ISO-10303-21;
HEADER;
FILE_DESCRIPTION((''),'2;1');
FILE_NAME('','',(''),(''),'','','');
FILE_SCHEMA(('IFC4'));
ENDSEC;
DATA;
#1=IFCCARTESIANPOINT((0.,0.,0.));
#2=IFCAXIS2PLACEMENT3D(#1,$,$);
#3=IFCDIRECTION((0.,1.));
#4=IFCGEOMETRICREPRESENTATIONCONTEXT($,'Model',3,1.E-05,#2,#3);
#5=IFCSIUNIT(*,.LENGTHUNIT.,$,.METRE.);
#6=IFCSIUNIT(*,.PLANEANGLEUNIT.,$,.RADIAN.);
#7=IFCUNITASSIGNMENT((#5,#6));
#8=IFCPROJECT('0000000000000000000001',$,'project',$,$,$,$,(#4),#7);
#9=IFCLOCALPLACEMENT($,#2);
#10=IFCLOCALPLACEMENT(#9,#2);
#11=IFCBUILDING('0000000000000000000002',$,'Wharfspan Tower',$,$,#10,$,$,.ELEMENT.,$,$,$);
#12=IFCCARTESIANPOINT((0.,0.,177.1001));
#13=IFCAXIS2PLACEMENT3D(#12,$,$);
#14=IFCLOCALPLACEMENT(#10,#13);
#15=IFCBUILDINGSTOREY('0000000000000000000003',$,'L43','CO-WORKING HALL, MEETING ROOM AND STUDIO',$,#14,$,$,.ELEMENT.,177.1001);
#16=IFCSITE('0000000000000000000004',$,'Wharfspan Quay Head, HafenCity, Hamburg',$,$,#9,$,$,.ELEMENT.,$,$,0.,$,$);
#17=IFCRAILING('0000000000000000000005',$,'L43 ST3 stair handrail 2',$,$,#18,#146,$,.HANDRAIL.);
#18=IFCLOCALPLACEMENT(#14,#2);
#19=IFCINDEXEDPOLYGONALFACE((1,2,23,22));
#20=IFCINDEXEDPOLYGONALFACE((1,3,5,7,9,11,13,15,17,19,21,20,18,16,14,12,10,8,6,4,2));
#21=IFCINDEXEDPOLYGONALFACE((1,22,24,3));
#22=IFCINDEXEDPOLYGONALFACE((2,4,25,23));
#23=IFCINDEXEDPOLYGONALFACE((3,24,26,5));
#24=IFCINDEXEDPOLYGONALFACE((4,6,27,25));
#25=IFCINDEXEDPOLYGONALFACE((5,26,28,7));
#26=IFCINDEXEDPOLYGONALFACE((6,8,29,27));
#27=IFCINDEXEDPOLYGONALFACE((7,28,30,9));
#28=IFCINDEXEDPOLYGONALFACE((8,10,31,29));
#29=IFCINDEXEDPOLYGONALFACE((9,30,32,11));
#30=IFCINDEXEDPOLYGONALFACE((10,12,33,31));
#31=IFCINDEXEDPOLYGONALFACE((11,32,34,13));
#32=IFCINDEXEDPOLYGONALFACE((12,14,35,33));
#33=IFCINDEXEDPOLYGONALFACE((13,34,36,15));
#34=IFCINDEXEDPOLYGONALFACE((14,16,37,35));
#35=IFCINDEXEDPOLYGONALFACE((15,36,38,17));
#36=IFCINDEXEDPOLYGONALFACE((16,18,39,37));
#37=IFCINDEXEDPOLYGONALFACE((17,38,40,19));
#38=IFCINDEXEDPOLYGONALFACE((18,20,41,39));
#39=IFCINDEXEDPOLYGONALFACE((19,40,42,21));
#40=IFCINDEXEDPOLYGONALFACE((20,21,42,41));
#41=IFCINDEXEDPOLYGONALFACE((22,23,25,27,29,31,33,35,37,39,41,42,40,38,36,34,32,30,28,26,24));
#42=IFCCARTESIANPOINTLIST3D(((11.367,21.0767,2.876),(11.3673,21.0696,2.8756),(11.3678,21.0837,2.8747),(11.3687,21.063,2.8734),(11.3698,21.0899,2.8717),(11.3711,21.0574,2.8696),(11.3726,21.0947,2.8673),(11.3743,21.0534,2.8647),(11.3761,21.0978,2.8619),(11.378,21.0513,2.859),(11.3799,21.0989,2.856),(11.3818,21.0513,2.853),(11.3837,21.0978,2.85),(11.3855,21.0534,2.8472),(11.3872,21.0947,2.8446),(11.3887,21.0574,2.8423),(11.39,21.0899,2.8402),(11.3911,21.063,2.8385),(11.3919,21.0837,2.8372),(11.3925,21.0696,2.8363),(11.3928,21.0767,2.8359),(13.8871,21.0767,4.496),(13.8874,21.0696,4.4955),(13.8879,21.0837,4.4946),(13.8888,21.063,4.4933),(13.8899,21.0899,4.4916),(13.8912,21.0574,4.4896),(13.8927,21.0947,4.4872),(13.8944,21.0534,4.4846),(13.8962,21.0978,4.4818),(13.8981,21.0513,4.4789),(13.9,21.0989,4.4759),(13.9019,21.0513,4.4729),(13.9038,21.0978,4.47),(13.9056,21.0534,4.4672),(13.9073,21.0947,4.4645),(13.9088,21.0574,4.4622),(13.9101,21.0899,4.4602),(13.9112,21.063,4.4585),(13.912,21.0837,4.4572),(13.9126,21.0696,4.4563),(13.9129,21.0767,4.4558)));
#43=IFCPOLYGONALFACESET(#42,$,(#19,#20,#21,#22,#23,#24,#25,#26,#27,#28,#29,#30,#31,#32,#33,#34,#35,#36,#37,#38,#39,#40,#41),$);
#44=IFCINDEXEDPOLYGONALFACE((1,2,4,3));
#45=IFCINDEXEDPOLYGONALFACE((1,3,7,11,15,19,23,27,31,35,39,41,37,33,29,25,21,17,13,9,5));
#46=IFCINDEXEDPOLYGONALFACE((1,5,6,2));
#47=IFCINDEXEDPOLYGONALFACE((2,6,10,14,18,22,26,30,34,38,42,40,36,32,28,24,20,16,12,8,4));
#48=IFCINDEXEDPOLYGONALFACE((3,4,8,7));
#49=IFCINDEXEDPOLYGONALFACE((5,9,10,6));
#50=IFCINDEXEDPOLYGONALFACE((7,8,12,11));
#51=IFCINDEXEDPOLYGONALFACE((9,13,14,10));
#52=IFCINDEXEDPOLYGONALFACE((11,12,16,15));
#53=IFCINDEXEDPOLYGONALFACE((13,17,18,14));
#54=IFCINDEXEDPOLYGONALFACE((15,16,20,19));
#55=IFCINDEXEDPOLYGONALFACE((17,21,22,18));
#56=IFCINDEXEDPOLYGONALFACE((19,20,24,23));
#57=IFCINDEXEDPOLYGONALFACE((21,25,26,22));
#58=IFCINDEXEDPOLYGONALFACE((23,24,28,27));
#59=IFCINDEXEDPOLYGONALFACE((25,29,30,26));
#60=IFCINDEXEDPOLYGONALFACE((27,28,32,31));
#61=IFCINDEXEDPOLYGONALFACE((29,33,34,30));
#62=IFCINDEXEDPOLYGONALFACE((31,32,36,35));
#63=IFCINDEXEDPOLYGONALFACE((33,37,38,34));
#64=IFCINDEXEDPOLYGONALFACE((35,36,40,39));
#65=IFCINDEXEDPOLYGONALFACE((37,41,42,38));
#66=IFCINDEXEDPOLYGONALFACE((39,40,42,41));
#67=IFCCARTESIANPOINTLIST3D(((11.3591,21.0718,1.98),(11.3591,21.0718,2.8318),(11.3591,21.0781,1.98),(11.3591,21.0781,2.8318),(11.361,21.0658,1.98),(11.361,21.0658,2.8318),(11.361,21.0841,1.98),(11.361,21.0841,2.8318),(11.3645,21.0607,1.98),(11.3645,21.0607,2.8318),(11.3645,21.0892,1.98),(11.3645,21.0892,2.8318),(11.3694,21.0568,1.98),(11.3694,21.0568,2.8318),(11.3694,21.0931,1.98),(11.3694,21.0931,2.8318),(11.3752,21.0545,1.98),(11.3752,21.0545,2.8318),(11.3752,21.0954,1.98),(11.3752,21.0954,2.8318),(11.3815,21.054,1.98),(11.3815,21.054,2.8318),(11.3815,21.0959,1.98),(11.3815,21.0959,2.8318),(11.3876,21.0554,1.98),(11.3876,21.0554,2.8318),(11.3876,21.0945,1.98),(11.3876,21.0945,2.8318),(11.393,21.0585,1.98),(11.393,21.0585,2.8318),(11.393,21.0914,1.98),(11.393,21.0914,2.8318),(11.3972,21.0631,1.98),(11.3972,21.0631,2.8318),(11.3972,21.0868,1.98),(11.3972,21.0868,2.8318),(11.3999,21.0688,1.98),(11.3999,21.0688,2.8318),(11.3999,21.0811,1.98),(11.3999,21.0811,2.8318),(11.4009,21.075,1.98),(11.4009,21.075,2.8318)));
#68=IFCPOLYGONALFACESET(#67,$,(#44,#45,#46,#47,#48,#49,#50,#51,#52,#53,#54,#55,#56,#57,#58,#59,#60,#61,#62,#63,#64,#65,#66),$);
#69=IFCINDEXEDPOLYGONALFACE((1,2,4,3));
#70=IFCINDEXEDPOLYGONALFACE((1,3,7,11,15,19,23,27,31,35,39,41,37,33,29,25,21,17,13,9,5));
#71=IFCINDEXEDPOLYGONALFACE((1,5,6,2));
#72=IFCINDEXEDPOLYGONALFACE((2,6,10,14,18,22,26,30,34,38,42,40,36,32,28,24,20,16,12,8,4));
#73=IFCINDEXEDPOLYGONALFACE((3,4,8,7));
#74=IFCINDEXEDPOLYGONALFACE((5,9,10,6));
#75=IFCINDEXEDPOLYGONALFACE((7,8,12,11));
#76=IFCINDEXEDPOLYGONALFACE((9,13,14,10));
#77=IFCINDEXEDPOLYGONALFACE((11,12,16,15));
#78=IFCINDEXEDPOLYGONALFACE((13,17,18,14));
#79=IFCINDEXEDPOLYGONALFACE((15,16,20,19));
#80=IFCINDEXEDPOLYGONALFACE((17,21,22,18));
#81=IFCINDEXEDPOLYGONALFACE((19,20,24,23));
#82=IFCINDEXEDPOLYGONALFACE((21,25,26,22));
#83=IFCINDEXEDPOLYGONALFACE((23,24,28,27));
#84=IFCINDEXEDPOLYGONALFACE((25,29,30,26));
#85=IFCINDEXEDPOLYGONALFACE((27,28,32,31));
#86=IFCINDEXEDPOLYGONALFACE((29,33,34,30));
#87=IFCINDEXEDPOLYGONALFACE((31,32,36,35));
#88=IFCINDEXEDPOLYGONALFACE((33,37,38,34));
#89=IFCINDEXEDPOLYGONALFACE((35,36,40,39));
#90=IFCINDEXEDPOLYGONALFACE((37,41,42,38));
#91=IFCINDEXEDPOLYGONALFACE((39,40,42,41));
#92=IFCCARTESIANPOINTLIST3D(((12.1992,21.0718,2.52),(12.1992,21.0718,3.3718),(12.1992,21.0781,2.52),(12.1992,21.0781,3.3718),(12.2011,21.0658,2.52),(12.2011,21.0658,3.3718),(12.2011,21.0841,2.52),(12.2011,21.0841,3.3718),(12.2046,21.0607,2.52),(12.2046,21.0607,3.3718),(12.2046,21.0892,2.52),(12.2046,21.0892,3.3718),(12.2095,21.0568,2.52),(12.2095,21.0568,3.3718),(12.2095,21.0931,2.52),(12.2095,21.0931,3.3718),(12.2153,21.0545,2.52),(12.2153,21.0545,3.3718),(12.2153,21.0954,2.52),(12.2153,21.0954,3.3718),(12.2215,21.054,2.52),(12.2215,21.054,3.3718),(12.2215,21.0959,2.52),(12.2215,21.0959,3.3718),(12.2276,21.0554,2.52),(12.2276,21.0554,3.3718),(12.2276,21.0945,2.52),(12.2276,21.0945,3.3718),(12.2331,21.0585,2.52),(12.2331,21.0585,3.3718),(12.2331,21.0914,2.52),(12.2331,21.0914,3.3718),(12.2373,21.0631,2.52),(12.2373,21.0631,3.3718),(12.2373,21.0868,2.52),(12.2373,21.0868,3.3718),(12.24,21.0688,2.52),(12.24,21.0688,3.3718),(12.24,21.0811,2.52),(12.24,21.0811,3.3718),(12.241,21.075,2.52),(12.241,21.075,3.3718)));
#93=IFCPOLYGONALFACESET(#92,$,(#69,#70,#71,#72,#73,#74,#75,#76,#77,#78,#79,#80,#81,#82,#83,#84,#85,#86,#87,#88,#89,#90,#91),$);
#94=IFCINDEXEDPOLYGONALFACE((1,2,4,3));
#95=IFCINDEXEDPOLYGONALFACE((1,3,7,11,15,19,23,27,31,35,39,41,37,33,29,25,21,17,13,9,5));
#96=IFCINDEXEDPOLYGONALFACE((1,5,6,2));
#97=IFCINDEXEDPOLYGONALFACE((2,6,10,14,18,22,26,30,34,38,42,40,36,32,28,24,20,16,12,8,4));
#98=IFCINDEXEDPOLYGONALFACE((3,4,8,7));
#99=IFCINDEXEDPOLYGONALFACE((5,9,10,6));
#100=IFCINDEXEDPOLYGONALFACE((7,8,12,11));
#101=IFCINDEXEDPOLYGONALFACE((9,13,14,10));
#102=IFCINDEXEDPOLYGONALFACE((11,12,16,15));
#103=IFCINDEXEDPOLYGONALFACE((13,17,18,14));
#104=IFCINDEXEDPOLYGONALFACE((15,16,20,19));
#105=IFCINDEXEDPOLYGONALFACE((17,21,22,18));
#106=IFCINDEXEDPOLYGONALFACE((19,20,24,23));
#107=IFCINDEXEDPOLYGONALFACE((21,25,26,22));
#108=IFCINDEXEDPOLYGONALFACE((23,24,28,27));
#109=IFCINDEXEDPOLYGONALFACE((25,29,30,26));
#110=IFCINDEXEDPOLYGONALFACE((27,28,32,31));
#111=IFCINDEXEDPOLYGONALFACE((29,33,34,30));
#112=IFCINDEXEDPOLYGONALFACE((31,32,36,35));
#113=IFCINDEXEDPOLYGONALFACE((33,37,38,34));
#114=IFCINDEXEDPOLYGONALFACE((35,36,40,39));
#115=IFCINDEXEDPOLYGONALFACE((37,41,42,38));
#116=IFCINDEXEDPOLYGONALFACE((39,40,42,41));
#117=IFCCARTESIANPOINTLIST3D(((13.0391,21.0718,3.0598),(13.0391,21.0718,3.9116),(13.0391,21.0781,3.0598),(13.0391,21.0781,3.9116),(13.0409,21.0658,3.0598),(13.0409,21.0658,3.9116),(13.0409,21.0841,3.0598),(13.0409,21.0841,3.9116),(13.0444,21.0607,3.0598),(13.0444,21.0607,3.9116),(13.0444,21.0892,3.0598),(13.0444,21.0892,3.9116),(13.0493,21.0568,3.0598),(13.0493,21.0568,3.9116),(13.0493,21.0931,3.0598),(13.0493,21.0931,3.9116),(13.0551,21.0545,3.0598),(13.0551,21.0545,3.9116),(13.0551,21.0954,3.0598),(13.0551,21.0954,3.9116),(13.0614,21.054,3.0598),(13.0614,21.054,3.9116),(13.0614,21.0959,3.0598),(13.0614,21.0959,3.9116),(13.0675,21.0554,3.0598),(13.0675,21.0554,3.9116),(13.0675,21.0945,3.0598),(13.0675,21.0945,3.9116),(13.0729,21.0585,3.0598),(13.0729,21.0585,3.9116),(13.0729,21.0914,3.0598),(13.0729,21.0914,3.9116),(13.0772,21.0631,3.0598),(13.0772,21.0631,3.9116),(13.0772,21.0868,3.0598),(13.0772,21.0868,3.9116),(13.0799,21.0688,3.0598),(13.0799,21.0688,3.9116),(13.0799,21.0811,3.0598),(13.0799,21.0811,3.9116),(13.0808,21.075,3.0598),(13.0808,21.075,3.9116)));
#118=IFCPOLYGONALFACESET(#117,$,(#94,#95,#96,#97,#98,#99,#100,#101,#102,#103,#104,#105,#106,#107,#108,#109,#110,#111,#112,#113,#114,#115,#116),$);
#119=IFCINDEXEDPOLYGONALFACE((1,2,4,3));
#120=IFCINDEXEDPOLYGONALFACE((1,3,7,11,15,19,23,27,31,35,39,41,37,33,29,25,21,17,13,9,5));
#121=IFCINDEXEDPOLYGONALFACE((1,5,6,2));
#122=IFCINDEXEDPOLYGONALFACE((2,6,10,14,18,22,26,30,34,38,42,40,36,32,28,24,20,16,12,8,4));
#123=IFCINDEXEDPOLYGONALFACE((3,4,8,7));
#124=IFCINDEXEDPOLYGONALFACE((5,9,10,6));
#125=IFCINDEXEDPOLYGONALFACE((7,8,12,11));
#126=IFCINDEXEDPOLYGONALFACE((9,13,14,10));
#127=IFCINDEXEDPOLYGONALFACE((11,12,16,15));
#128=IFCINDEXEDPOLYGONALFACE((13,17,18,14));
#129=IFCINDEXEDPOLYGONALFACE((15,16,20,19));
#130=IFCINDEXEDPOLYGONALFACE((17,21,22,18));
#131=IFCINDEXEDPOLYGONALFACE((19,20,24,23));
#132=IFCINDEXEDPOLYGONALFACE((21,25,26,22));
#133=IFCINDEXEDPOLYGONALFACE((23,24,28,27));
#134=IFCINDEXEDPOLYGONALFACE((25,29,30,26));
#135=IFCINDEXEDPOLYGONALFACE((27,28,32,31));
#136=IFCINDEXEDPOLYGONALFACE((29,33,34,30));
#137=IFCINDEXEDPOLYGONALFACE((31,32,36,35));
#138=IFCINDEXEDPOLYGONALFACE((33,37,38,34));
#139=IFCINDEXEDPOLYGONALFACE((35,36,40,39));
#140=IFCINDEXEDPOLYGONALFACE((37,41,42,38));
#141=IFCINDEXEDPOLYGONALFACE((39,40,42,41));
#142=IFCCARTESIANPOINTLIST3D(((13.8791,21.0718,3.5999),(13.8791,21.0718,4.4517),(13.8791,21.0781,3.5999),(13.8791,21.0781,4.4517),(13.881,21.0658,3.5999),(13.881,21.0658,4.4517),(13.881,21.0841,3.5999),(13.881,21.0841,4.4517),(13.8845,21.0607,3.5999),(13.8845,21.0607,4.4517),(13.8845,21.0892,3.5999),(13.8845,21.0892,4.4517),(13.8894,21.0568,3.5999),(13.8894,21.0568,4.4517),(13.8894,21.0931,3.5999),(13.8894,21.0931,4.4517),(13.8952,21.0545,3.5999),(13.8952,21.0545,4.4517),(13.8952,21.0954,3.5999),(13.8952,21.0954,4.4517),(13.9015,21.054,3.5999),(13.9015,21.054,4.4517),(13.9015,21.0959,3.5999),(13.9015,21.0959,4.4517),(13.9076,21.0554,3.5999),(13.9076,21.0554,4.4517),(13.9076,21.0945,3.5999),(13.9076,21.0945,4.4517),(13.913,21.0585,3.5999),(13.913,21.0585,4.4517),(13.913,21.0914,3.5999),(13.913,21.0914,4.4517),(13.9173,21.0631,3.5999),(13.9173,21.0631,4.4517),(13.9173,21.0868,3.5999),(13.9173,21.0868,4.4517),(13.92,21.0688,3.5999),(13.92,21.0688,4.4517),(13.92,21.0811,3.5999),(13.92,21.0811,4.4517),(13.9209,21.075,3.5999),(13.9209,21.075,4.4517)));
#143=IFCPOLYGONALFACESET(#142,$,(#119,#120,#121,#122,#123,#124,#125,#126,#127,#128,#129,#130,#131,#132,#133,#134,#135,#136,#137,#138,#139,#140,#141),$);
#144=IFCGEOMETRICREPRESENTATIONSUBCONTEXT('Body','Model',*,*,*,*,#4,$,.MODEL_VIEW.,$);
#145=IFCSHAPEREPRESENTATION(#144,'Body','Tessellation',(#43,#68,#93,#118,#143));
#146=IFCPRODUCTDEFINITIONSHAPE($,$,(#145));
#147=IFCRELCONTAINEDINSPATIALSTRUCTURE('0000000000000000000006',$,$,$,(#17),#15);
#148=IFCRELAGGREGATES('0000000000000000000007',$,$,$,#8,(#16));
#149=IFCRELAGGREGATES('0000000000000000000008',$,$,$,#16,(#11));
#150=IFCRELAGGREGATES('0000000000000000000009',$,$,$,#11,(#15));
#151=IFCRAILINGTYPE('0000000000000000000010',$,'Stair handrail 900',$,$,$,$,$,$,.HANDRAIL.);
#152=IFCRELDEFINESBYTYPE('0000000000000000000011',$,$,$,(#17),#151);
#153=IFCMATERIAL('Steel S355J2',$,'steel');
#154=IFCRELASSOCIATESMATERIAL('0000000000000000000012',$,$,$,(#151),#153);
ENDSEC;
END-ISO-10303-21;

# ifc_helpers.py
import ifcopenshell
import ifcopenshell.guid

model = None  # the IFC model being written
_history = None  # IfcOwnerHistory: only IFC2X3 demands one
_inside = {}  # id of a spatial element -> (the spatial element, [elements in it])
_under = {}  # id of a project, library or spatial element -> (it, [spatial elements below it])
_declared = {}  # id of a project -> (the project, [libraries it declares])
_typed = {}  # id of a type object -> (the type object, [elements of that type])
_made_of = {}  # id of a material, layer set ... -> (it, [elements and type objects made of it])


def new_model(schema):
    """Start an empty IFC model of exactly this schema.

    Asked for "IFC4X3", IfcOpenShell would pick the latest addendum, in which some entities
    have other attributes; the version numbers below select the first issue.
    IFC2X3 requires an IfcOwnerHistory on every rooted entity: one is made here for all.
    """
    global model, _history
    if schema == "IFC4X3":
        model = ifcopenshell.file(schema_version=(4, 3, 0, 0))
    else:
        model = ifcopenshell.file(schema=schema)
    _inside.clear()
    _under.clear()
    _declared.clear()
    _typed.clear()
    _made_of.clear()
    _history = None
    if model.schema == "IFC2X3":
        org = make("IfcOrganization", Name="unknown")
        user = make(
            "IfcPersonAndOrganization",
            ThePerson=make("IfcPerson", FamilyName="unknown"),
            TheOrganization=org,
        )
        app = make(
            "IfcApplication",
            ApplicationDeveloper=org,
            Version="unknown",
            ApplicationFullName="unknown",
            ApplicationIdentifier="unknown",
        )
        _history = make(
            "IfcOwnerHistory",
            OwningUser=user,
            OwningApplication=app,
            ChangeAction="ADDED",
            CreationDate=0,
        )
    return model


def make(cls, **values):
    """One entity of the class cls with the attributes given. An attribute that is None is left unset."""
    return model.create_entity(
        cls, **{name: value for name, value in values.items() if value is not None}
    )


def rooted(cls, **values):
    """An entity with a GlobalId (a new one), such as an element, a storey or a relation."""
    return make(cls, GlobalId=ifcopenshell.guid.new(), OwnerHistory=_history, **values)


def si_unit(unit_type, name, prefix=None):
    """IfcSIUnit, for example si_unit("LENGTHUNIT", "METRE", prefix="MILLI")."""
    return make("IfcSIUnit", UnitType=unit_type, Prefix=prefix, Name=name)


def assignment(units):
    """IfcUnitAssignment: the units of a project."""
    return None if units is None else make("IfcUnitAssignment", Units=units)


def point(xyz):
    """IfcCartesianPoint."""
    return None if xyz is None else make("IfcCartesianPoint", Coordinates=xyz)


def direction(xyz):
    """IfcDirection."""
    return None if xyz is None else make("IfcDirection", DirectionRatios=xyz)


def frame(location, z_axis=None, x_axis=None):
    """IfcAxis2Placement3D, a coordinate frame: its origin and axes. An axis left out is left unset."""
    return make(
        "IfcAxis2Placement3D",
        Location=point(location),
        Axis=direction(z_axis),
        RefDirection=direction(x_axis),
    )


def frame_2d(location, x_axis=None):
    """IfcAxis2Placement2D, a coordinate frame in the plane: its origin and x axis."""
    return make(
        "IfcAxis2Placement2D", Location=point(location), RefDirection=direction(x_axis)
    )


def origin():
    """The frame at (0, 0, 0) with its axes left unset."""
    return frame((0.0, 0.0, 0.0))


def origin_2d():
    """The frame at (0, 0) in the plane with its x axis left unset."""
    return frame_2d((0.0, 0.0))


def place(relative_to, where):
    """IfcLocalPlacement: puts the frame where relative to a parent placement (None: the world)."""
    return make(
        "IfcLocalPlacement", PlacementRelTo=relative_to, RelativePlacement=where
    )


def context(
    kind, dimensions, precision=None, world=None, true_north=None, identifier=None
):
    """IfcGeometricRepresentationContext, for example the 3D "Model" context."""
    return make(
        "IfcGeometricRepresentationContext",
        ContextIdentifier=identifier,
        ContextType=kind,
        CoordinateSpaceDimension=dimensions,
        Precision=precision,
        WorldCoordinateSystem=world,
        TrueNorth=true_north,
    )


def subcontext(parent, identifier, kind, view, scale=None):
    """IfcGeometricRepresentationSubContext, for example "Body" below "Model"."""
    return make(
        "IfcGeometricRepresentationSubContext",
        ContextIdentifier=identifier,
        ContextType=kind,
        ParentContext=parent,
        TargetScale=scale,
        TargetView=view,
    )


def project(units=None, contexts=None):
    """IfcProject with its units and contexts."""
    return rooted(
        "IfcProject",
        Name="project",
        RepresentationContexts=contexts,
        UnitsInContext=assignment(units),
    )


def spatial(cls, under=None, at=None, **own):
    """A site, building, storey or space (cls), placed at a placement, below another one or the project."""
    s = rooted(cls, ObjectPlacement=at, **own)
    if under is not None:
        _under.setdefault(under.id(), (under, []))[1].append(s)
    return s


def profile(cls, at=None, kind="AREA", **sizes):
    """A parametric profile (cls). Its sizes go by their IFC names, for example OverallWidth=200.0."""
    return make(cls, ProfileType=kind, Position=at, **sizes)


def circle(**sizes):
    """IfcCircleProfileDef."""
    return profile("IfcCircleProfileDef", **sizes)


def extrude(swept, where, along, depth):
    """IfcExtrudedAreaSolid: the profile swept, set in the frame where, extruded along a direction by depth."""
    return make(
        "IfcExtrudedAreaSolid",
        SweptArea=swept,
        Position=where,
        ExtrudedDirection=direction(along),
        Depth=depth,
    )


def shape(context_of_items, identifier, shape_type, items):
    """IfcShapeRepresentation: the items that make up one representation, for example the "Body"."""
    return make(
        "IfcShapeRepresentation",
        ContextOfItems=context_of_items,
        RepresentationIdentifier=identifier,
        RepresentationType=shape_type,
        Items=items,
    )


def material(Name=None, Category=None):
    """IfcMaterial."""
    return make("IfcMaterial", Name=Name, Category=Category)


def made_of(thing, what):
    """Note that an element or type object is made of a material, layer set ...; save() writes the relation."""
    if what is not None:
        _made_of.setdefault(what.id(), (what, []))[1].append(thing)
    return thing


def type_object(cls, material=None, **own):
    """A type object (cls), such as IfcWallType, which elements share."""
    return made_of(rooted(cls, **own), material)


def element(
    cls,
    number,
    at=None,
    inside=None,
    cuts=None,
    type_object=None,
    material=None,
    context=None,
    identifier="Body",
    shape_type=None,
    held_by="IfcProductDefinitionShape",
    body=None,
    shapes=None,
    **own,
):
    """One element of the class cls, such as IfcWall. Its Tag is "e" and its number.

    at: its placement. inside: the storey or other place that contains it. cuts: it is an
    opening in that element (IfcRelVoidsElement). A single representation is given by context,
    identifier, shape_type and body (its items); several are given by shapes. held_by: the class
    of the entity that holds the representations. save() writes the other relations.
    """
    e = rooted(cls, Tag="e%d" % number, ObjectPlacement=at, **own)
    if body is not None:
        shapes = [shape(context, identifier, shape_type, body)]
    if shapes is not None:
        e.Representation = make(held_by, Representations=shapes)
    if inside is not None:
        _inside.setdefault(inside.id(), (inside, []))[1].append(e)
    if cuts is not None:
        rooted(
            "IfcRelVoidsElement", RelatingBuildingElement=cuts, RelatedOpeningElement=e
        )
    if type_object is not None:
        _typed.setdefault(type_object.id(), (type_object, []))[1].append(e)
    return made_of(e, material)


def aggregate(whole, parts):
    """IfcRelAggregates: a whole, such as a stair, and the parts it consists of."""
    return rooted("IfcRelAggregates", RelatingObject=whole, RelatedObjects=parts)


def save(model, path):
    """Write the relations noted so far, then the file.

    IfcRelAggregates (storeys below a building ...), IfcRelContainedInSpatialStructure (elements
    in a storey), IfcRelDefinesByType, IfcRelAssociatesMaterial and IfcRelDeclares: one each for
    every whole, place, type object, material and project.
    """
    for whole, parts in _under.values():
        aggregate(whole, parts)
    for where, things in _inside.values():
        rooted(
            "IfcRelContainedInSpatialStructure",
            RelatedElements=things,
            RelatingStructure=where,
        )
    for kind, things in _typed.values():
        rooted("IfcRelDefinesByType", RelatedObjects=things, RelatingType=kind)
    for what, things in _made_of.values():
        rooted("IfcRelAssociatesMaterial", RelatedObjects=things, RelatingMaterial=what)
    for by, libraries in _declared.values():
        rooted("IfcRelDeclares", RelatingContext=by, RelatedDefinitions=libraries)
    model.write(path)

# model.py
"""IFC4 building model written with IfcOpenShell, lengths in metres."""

from ifc_helpers import new_model, si_unit, direction, frame, origin, origin_2d, place, context, subcontext, project, spatial, circle, extrude, material, type_object, element, save


model = new_model("IFC4")

# Units and contexts
model_context = context("Model", 3, precision=1e-05, world=origin(), true_north=direction((0.0, 1.0)))
body_context = subcontext(model_context, "Body", "Model", "MODEL_VIEW")
ifc_project = project(units=[si_unit("LENGTHUNIT", "METRE"), si_unit("PLANEANGLEUNIT", "RADIAN")], contexts=[model_context])

# Site, building, storey
site_placement = place(None, origin())
site = spatial("IfcSite", under=ifc_project, at=site_placement, Name="Wharfspan Quay Head, HafenCity, Hamburg", CompositionType="ELEMENT", RefElevation=0.0)
building_placement = place(site_placement, origin())
building = spatial("IfcBuilding", under=site, at=building_placement, Name="Wharfspan Tower", CompositionType="ELEMENT")
storey_placement = place(building_placement, frame((0.0, 0.0, 177.1001)))
storey = spatial("IfcBuildingStorey", under=building, at=storey_placement, Name="L43", Description="CO-WORKING HALL, MEETING ROOM AND STUDIO", CompositionType="ELEMENT", Elevation=177.1001)

# Shared definitions
ifc_material_1 = material(Name="Steel S355J2", Category="steel")

# Railing
railing_type_1 = type_object("IfcRailingType", Name="Stair handrail 900", PredefinedType="HANDRAIL", material=ifc_material_1)
railing_1_placement = place(storey_placement, frame((11.3799, 21.075, 1.98)))
element("IfcRailing", 1, at=railing_1_placement, inside=storey, type_object=railing_type_1, Name="L43 ST3 stair handrail 2", PredefinedType="HANDRAIL", context=body_context, shape_type="SweptSolid", body=[
    extrude(circle(Radius=0.0239, at=origin_2d()), frame((0.0, 0.0, 0.876), z_axis=(0.8412, 0.0, 0.540725), x_axis=(0.0, 1.0, 0.0)), (0.0, 0.0, 1.0), 2.9958),
    extrude(circle(Radius=0.021, at=origin_2d()), origin(), (0.0, 0.0, 1.0), 0.8518),
    extrude(circle(Radius=0.021, at=origin_2d()), frame((0.8401, 0.0, 0.54)), (0.0, 0.0, 1.0), 0.8518),
    extrude(circle(Radius=0.021, at=origin_2d()), frame((1.6799, 0.0, 1.0798)), (0.0, 0.0, 1.0), 0.8518),
    extrude(circle(Radius=0.021, at=origin_2d()), frame((2.52, 0.0, 1.6199)), (0.0, 0.0, 1.0), 0.8518),
])

save(model, "model.ifc")
